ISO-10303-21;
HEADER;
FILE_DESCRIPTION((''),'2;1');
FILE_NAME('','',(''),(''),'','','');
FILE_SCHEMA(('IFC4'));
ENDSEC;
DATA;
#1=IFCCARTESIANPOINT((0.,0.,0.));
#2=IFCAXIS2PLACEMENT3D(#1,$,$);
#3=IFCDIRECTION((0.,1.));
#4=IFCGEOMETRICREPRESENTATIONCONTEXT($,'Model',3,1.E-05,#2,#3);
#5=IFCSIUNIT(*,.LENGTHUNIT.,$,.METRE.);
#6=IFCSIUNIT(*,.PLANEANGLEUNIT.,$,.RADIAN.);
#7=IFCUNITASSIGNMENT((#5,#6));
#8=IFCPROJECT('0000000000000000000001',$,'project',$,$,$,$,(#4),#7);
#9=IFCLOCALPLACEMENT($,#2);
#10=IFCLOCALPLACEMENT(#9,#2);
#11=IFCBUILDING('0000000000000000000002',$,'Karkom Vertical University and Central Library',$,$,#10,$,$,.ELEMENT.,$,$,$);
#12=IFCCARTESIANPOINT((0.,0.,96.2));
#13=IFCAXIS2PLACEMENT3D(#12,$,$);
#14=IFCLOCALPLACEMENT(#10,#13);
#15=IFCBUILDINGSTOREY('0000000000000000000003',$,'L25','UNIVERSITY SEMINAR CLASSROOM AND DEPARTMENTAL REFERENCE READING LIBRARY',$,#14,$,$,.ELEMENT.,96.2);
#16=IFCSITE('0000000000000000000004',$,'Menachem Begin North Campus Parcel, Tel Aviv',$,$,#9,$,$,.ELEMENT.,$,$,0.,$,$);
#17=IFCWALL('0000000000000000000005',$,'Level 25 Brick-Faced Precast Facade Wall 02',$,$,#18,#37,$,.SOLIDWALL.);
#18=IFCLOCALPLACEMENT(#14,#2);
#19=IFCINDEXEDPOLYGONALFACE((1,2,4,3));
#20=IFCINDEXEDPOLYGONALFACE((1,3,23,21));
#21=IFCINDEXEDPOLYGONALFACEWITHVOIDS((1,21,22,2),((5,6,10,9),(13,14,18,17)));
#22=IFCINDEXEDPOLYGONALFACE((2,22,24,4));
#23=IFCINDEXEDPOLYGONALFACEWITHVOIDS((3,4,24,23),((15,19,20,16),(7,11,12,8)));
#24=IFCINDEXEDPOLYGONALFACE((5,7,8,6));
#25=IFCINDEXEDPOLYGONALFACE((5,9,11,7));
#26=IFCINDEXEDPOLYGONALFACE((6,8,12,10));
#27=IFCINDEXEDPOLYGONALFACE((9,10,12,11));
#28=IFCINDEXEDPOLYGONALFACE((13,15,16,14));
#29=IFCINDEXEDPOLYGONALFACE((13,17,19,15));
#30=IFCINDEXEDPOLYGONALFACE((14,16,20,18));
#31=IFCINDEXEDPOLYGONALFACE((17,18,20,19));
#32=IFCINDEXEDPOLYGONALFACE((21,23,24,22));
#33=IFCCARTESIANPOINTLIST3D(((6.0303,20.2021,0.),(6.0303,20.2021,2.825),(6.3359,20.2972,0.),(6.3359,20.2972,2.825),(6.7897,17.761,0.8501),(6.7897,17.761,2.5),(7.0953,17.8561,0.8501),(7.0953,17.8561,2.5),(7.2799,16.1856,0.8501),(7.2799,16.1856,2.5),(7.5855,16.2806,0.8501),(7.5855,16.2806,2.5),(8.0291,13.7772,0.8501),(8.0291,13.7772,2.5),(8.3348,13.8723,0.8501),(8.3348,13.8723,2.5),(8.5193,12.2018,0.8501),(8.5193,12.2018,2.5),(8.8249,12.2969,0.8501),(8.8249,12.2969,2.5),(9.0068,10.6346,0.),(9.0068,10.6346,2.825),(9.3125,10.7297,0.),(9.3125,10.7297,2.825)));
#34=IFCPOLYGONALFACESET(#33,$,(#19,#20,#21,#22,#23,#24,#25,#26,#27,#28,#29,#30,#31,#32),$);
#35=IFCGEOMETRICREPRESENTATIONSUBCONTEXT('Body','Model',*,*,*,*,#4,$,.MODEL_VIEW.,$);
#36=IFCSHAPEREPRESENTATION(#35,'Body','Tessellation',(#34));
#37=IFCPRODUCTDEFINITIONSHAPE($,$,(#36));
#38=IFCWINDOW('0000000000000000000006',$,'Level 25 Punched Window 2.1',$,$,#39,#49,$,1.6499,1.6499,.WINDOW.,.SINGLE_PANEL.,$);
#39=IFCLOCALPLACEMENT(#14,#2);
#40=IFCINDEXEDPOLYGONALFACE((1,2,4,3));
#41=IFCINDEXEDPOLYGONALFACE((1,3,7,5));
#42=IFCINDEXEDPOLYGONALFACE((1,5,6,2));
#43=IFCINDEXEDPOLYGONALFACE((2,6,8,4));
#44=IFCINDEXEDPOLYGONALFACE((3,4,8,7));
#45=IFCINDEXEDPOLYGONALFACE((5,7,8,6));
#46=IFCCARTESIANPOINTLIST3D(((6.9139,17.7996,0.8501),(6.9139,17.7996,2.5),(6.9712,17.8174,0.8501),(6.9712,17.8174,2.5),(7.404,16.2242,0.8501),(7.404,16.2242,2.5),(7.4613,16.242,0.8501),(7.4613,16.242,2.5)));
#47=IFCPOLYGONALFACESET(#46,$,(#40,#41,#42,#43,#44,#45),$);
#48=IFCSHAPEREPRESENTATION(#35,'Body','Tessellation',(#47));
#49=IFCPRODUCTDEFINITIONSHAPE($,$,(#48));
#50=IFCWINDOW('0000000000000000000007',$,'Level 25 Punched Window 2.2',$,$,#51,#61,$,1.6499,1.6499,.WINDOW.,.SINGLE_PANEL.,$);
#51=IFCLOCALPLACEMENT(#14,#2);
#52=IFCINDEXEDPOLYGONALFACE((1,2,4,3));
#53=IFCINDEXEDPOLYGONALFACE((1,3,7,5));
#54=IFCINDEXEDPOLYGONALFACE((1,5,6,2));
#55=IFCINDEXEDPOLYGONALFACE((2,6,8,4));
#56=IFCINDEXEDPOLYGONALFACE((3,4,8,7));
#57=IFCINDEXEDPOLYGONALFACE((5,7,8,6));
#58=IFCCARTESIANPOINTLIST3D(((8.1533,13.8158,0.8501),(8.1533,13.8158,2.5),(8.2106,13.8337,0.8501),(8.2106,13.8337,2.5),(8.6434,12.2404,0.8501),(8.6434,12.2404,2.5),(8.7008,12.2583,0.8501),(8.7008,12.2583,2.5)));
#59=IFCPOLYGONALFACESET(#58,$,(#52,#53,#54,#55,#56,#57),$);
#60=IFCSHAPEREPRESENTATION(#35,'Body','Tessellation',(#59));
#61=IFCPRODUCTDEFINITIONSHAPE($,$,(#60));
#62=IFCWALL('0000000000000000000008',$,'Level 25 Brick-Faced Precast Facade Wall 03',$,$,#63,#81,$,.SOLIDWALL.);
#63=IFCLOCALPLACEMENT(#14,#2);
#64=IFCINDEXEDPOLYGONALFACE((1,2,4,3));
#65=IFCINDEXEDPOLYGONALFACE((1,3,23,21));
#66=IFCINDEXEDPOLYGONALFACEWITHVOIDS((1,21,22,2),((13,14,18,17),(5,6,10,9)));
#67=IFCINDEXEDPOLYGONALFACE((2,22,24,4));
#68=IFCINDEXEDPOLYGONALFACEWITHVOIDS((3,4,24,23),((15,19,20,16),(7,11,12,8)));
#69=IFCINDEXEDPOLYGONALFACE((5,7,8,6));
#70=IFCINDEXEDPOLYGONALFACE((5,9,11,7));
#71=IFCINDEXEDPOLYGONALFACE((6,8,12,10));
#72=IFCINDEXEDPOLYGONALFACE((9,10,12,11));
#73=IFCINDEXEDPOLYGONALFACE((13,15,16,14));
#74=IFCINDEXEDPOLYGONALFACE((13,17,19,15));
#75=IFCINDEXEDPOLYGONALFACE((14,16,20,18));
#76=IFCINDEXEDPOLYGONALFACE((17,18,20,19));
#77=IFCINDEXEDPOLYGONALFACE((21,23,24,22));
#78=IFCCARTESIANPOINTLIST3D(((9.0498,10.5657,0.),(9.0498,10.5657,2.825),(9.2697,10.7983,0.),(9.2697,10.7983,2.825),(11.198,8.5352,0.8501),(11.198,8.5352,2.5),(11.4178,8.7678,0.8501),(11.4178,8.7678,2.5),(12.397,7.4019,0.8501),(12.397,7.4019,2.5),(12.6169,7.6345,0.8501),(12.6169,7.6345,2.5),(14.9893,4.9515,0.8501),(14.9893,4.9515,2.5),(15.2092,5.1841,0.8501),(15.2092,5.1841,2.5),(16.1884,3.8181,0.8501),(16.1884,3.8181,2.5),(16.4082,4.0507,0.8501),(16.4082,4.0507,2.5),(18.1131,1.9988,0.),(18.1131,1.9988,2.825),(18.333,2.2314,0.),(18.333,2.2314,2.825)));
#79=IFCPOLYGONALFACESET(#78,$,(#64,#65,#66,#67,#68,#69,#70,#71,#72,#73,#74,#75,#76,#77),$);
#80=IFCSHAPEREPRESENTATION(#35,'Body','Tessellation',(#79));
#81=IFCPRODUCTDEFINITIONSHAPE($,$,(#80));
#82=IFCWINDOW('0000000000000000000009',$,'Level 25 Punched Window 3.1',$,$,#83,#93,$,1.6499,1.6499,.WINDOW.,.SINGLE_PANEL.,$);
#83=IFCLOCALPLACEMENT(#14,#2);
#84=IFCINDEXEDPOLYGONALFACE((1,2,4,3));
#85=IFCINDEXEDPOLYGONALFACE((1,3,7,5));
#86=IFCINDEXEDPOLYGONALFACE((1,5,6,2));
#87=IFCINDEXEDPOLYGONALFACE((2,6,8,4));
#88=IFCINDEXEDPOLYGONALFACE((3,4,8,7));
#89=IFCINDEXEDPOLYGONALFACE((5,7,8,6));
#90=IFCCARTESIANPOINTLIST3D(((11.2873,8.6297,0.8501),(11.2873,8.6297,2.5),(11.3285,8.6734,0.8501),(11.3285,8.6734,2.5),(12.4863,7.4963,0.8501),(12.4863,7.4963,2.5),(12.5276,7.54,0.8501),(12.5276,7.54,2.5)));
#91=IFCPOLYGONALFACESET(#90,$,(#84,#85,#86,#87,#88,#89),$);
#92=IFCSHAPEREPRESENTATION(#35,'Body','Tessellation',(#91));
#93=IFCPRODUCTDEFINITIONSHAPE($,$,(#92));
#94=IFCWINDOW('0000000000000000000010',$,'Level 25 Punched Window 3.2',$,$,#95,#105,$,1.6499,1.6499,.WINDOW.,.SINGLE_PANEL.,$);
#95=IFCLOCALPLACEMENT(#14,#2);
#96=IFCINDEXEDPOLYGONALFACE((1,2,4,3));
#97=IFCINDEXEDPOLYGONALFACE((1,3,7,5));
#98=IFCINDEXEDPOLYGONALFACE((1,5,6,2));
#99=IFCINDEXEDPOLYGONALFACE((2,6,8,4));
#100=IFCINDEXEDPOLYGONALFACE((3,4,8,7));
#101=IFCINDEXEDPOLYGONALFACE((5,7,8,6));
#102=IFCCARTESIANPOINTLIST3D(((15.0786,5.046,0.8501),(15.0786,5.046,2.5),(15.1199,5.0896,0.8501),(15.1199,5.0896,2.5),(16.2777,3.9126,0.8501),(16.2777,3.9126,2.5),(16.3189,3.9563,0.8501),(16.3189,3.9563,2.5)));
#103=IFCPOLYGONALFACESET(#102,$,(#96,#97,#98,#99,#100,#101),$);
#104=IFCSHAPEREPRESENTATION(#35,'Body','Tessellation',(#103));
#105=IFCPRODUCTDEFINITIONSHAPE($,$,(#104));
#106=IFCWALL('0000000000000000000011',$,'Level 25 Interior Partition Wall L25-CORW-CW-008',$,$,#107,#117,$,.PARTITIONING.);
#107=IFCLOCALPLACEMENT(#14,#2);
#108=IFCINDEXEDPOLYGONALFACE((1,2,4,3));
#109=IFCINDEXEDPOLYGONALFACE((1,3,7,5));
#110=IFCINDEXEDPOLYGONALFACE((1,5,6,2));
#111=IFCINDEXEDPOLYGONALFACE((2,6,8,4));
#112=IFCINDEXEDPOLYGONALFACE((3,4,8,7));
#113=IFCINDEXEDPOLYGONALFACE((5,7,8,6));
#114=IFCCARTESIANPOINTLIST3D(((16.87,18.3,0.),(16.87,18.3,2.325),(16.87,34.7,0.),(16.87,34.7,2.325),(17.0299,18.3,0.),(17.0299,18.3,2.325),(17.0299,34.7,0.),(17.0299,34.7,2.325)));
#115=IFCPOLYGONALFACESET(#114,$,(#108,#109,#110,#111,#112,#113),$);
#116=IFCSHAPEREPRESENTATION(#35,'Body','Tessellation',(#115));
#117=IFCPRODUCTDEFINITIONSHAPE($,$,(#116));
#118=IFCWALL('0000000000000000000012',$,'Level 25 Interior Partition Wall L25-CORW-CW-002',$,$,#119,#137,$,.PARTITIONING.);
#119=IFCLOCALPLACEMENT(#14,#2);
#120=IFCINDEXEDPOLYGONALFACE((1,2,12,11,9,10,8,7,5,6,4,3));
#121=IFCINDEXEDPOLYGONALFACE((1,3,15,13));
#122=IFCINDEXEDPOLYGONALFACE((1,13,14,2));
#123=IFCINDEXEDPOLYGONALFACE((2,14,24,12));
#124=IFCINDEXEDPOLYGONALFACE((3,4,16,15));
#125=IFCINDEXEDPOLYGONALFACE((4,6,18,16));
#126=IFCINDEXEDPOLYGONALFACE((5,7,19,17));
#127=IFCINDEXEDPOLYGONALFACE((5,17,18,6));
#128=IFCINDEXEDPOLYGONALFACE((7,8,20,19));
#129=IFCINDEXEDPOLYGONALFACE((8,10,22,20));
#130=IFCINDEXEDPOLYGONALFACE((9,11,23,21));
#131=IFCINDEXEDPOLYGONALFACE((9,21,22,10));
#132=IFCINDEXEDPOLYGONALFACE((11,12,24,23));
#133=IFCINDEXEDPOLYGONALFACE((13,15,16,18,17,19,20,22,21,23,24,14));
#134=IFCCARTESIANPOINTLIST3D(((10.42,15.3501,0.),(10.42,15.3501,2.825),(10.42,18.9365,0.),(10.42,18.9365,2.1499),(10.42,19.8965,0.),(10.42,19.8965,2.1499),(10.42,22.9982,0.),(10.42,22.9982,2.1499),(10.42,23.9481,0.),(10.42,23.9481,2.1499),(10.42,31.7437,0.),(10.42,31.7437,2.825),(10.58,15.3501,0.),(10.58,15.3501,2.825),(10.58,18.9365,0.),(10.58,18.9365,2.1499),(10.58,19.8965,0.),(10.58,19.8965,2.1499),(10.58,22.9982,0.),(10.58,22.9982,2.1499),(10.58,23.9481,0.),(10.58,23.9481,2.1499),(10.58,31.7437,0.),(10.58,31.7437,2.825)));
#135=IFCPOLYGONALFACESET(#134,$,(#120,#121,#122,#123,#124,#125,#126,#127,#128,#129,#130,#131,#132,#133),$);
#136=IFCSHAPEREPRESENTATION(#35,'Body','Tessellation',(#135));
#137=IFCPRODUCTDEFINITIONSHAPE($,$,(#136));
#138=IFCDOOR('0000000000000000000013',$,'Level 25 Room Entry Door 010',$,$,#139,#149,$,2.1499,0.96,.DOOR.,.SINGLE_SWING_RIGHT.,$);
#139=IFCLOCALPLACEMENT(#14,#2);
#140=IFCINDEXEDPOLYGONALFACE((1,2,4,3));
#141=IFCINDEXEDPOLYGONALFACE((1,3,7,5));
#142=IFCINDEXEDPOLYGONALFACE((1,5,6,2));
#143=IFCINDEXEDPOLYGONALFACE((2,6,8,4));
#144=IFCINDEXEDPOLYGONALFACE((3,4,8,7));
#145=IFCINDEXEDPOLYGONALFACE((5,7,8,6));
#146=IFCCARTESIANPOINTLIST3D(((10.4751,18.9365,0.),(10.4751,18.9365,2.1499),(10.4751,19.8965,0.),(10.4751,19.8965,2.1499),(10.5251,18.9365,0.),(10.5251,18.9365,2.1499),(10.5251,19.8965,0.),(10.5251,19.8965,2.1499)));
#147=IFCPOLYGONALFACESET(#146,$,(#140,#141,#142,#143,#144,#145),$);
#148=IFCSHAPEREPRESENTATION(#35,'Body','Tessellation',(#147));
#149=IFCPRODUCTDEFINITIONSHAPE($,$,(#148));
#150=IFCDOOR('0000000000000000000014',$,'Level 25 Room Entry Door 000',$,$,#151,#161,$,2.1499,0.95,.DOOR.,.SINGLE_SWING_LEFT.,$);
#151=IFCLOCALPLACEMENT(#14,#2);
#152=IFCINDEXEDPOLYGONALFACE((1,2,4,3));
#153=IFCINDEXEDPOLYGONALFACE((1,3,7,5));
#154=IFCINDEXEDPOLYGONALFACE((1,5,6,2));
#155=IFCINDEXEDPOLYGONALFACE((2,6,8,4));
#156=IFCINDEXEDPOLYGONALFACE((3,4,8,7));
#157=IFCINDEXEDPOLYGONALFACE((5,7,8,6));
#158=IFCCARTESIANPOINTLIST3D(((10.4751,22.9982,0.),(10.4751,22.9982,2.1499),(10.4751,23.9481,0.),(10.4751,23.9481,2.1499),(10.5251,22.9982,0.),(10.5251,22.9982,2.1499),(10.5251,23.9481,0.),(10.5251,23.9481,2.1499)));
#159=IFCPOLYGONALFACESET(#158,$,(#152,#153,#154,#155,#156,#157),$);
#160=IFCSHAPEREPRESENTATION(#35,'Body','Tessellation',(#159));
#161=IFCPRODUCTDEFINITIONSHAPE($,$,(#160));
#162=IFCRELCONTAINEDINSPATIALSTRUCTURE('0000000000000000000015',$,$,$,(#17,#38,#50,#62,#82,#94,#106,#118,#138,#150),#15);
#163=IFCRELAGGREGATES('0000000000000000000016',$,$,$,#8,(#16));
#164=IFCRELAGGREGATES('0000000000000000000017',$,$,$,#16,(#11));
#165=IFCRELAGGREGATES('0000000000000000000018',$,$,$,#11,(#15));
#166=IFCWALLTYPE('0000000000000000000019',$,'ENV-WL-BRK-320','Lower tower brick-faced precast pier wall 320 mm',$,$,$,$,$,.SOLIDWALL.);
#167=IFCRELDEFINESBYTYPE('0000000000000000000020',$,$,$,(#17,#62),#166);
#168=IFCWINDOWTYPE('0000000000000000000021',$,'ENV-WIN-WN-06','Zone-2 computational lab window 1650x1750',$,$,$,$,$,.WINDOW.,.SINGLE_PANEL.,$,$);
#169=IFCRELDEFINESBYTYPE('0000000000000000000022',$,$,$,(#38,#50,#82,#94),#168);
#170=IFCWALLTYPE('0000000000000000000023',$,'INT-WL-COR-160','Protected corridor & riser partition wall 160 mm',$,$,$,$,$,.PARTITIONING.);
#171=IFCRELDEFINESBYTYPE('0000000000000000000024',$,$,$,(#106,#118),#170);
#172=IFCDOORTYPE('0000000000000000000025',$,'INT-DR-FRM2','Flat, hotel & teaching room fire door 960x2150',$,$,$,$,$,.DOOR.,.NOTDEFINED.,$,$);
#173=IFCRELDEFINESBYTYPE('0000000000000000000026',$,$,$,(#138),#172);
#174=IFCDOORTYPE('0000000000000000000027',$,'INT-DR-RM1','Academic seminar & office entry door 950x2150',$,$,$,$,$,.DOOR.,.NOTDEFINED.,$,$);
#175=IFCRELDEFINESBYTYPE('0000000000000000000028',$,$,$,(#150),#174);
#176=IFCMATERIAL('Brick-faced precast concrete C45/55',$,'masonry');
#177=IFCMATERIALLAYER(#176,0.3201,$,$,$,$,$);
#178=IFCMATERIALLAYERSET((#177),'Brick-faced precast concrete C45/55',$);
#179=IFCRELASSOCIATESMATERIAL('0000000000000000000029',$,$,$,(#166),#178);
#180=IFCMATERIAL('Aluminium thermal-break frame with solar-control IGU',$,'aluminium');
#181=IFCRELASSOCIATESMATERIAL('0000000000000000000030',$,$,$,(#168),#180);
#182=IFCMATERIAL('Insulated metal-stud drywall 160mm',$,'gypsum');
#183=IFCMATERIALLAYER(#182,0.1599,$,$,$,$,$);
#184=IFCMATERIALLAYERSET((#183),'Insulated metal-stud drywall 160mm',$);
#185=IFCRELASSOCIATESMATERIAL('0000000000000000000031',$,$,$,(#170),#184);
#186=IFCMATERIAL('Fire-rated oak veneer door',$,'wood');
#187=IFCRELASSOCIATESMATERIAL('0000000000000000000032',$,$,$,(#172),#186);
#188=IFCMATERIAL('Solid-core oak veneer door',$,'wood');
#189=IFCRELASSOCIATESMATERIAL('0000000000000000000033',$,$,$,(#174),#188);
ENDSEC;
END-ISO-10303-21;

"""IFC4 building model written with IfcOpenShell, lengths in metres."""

from ifc_helpers import new_model, si_unit, direction, frame, frame_2d, origin, origin_with_axes, place, context, subcontext, project, spatial, rectangle, extrude, source, transform, mapped, material, layer, layer_set, type_object, element, fill, save


model = new_model("IFC4")

# Units and contexts
model_context = context("Model", 3, precision=1e-05, world=origin(), true_north=direction((0.0, 1.0)))
body_context = subcontext(model_context, "Body", "Model", "MODEL_VIEW")
ifc_project = project(units=[si_unit("LENGTHUNIT", "METRE"), si_unit("PLANEANGLEUNIT", "RADIAN")], contexts=[model_context])

# Site, building, storey
site_placement = place(None, origin())
site = spatial("IfcSite", under=ifc_project, at=site_placement, Name="Menachem Begin North Campus Parcel, Tel Aviv", CompositionType="ELEMENT", RefElevation=0.0)
building_placement = place(site_placement, origin())
building = spatial("IfcBuilding", under=site, at=building_placement, Name="Karkom Vertical University and Central Library", CompositionType="ELEMENT")
storey_placement = place(building_placement, frame((0.0, 0.0, 96.2)))
storey = spatial("IfcBuildingStorey", under=building, at=storey_placement, Name="L25", Description="UNIVERSITY SEMINAR CLASSROOM AND DEPARTMENTAL REFERENCE READING LIBRARY", CompositionType="ELEMENT", Elevation=96.2)

# Walls, openings, windows
ifc_material_1 = material(Name="Brick-faced precast concrete C45/55", Category="masonry")
ifc_layer_1 = layer(ifc_material_1, 0.3201)
ifc_layer_set_1 = layer_set([ifc_layer_1], Name="Brick-faced precast concrete C45/55")
wall_type_1 = type_object("IfcWallType", Name="ENV-WL-BRK-320", Description="Lower tower brick-faced precast pier wall 320 mm", PredefinedType="SOLIDWALL", material=ifc_layer_set_1)
wall_1_placement = place(storey_placement, frame((6.1831, 20.2495, 0.0), z_axis=(0.0, 0.0, 1.0), x_axis=(0.297071, -0.954856, 0.0)))
wall_1 = element("IfcWall", 1, at=wall_1_placement, inside=storey, type_object=wall_type_1, Name="Level 25 Brick-Faced Precast Facade Wall 02", PredefinedType="SOLIDWALL", context=body_context, shape_type="SweptSolid", body=[
    extrude(rectangle(XDim=10.0198, YDim=0.3201, at=frame_2d((5.0098, 0.0))), origin(), (0.0, 0.0, 1.0), 2.825),
])
opening_1_placement = place(wall_1_placement, frame((2.5564, 0.0, 0.8501)))
opening_1 = element("IfcOpeningElement", 2, at=opening_1_placement, cuts=wall_1, PredefinedType="OPENING", context=body_context, shape_type="SweptSolid", body=[
    extrude(rectangle(XDim=1.6499, YDim=1.6499, at=frame_2d((0.825, 0.825))), frame((0.0, 0.1699, 0.0), z_axis=(0.0, -1.0, 0.0), x_axis=(1.0, 0.0, 0.0)), (0.0, 0.0, 1.0), 0.3401),
])
opening_2_placement = place(wall_1_placement, frame((6.7285, 0.0, 0.8501)))
opening_2 = element("IfcOpeningElement", 3, at=opening_2_placement, cuts=wall_1, PredefinedType="OPENING", context=body_context, shape_type="SweptSolid", body=[
    extrude(rectangle(XDim=1.6499, YDim=1.6499, at=frame_2d((0.825, 0.825))), frame((0.0, 0.1699, 0.0), z_axis=(0.0, -1.0, 0.0), x_axis=(1.0, 0.0, 0.0)), (0.0, 0.0, 1.0), 0.3401),
])
ifc_material_2 = material(Name="Aluminium thermal-break frame with solar-control IGU", Category="aluminium")
window_type = type_object("IfcWindowType", Name="ENV-WIN-WN-06", Description="Zone-2 computational lab window 1650x1750", PartitioningType="SINGLE_PANEL", PredefinedType="WINDOW", material=ifc_material_2)
shared_shape_1 = source(origin_with_axes(), body_context, "Body", "SweptSolid", [
    extrude(rectangle(XDim=1.6499, YDim=1.6499, at=frame_2d((0.825, 0.825))), frame((0.0, 0.03, 0.0), z_axis=(0.0, -1.0, 0.0), x_axis=(1.0, 0.0, 0.0)), (0.0, 0.0, 1.0), 0.0601),
])
window_1_placement = place(opening_1_placement, origin())
window_1 = element("IfcWindow", 4, at=window_1_placement, inside=storey, type_object=window_type, Name="Level 25 Punched Window 2.1", OverallHeight=1.6499, OverallWidth=1.6499, PartitioningType="SINGLE_PANEL", PredefinedType="WINDOW", context=body_context, shape_type="MappedRepresentation", body=[
    mapped(shared_shape_1, transform((0.0, 0.0, 0.0), scale=1.0)),
])
fill(opening_1, window_1)
window_2_placement = place(opening_2_placement, origin())
window_2 = element("IfcWindow", 5, at=window_2_placement, inside=storey, type_object=window_type, Name="Level 25 Punched Window 2.2", OverallHeight=1.6499, OverallWidth=1.6499, PartitioningType="SINGLE_PANEL", PredefinedType="WINDOW", context=body_context, shape_type="MappedRepresentation", body=[
    mapped(shared_shape_1, transform((0.0, 0.0, 0.0), scale=1.0)),
])
fill(opening_2, window_2)
wall_2_placement = place(storey_placement, frame((9.1597, 10.6821, 0.0), z_axis=(0.0, 0.0, 1.0), x_axis=(0.726726, -0.686928, 0.0)))
wall_2 = element("IfcWall", 6, at=wall_2_placement, inside=storey, type_object=wall_type_1, Name="Level 25 Brick-Faced Precast Facade Wall 03", PredefinedType="SOLIDWALL", context=body_context, shape_type="SweptSolid", body=[
    extrude(rectangle(XDim=12.4714, YDim=0.3201, at=frame_2d((6.2358, 0.0))), origin(), (0.0, 0.0, 1.0), 2.825),
])
opening_3_placement = place(wall_2_placement, frame((2.9561, 0.0, 0.8501)))
opening_3 = element("IfcOpeningElement", 7, at=opening_3_placement, cuts=wall_2, PredefinedType="OPENING", context=body_context, shape_type="SweptSolid", body=[
    extrude(rectangle(XDim=1.6499, YDim=1.6499, at=frame_2d((0.825, 0.825))), frame((0.0, 0.1699, 0.0), z_axis=(0.0, -1.0, 0.0), x_axis=(1.0, 0.0, 0.0)), (0.0, 0.0, 1.0), 0.3401),
])
opening_4_placement = place(wall_2_placement, frame((8.1731, 0.0, 0.8501)))
opening_4 = element("IfcOpeningElement", 8, at=opening_4_placement, cuts=wall_2, PredefinedType="OPENING", context=body_context, shape_type="SweptSolid", body=[
    extrude(rectangle(XDim=1.6499, YDim=1.6499, at=frame_2d((0.825, 0.825))), frame((0.0, 0.1699, 0.0), z_axis=(0.0, -1.0, 0.0), x_axis=(1.0, 0.0, 0.0)), (0.0, 0.0, 1.0), 0.3401),
])
window_3_placement = place(opening_3_placement, origin())
window_3 = element("IfcWindow", 9, at=window_3_placement, inside=storey, type_object=window_type, Name="Level 25 Punched Window 3.1", OverallHeight=1.6499, OverallWidth=1.6499, PartitioningType="SINGLE_PANEL", PredefinedType="WINDOW", context=body_context, shape_type="MappedRepresentation", body=[
    mapped(shared_shape_1, transform((0.0, 0.0, 0.0), scale=1.0)),
])
fill(opening_3, window_3)
window_4_placement = place(opening_4_placement, origin())
window_4 = element("IfcWindow", 10, at=window_4_placement, inside=storey, type_object=window_type, Name="Level 25 Punched Window 3.2", OverallHeight=1.6499, OverallWidth=1.6499, PartitioningType="SINGLE_PANEL", PredefinedType="WINDOW", context=body_context, shape_type="MappedRepresentation", body=[
    mapped(shared_shape_1, transform((0.0, 0.0, 0.0), scale=1.0)),
])
fill(opening_4, window_4)

# Wall
ifc_material_3 = material(Name="Insulated metal-stud drywall 160mm", Category="gypsum")
ifc_layer_2 = layer(ifc_material_3, 0.1599)
ifc_layer_set_2 = layer_set([ifc_layer_2], Name="Insulated metal-stud drywall 160mm")
wall_type_2 = type_object("IfcWallType", Name="INT-WL-COR-160", Description="Protected corridor & riser partition wall 160 mm", PredefinedType="PARTITIONING", material=ifc_layer_set_2)
wall_3_placement = place(storey_placement, frame((16.95, 18.3, 0.0), z_axis=(0.0, 0.0, 1.0), x_axis=(0.0, 1.0, 0.0)))
element("IfcWall", 11, at=wall_3_placement, inside=storey, type_object=wall_type_2, Name="Level 25 Interior Partition Wall L25-CORW-CW-008", PredefinedType="PARTITIONING", context=body_context, shape_type="SweptSolid", body=[
    extrude(rectangle(XDim=16.3999, YDim=0.1599, at=frame_2d((8.2, 0.0))), origin(), (0.0, 0.0, 1.0), 2.325),
])

# Wall, openings, doors
wall_4_placement = place(storey_placement, frame((10.5, 15.3501, 0.0), z_axis=(0.0, 0.0, 1.0), x_axis=(0.0, 1.0, 0.0)))
wall_4 = element("IfcWall", 12, at=wall_4_placement, inside=storey, type_object=wall_type_2, Name="Level 25 Interior Partition Wall L25-CORW-CW-002", PredefinedType="PARTITIONING", context=body_context, shape_type="SweptSolid", body=[
    extrude(rectangle(XDim=16.3936, YDim=0.1599, at=frame_2d((8.1968, 0.0))), origin(), (0.0, 0.0, 1.0), 2.825),
])
opening_5_placement = place(wall_4_placement, frame((7.6479, 0.0, 0.0)))
opening_5 = element("IfcOpeningElement", 13, at=opening_5_placement, cuts=wall_4, PredefinedType="OPENING", context=body_context, shape_type="SweptSolid", body=[
    extrude(rectangle(XDim=0.95, YDim=2.1499, at=frame_2d((0.4751, 1.075))), frame((0.0, 0.0898, 0.0), z_axis=(0.0, -1.0, 0.0), x_axis=(1.0, 0.0, 0.0)), (0.0, 0.0, 1.0), 0.1799),
])
opening_6_placement = place(wall_4_placement, frame((3.5864, 0.0, 0.0)))
opening_6 = element("IfcOpeningElement", 14, at=opening_6_placement, cuts=wall_4, PredefinedType="OPENING", context=body_context, shape_type="SweptSolid", body=[
    extrude(rectangle(XDim=0.96, YDim=2.1499, at=frame_2d((0.48, 1.075))), frame((0.0, 0.0898, 0.0), z_axis=(0.0, -1.0, 0.0), x_axis=(1.0, 0.0, 0.0)), (0.0, 0.0, 1.0), 0.1799),
])
ifc_material_4 = material(Name="Fire-rated oak veneer door", Category="wood")
door_type_1 = type_object("IfcDoorType", Name="INT-DR-FRM2", Description="Flat, hotel & teaching room fire door 960x2150", OperationType="NOTDEFINED", PredefinedType="DOOR", material=ifc_material_4)
shared_shape_2 = source(origin_with_axes(), body_context, "Body", "SweptSolid", [
    extrude(rectangle(XDim=0.96, YDim=2.1499, at=frame_2d((0.48, 1.075))), frame((0.0, 0.0249, 0.0), z_axis=(0.0, -1.0, 0.0), x_axis=(1.0, 0.0, 0.0)), (0.0, 0.0, 1.0), 0.05),
])
door_1_placement = place(opening_6_placement, origin())
door_1 = element("IfcDoor", 15, at=door_1_placement, inside=storey, type_object=door_type_1, Name="Level 25 Room Entry Door 010", OperationType="SINGLE_SWING_RIGHT", OverallHeight=2.1499, OverallWidth=0.96, PredefinedType="DOOR", context=body_context, shape_type="MappedRepresentation", body=[
    mapped(shared_shape_2, transform((0.0, 0.0, 0.0), scale=1.0)),
])
fill(opening_6, door_1)
ifc_material_5 = material(Name="Solid-core oak veneer door", Category="wood")
door_type_2 = type_object("IfcDoorType", Name="INT-DR-RM1", Description="Academic seminar & office entry door 950x2150", OperationType="NOTDEFINED", PredefinedType="DOOR", material=ifc_material_5)
shared_shape_3 = source(origin_with_axes(), body_context, "Body", "SweptSolid", [
    extrude(rectangle(XDim=0.95, YDim=2.1499, at=frame_2d((0.4751, 1.075))), frame((0.0, 0.0249, 0.0), z_axis=(0.0, -1.0, 0.0), x_axis=(1.0, 0.0, 0.0)), (0.0, 0.0, 1.0), 0.05),
])
door_2_placement = place(opening_5_placement, origin())
door_2 = element("IfcDoor", 16, at=door_2_placement, inside=storey, type_object=door_type_2, Name="Level 25 Room Entry Door 000", OperationType="SINGLE_SWING_LEFT", OverallHeight=2.1499, OverallWidth=0.95, PredefinedType="DOOR", context=body_context, shape_type="MappedRepresentation", body=[
    mapped(shared_shape_3, transform((0.0, 0.0, 0.0), scale=1.0)),
])
fill(opening_5, door_2)

save(model, "model.ifc")
